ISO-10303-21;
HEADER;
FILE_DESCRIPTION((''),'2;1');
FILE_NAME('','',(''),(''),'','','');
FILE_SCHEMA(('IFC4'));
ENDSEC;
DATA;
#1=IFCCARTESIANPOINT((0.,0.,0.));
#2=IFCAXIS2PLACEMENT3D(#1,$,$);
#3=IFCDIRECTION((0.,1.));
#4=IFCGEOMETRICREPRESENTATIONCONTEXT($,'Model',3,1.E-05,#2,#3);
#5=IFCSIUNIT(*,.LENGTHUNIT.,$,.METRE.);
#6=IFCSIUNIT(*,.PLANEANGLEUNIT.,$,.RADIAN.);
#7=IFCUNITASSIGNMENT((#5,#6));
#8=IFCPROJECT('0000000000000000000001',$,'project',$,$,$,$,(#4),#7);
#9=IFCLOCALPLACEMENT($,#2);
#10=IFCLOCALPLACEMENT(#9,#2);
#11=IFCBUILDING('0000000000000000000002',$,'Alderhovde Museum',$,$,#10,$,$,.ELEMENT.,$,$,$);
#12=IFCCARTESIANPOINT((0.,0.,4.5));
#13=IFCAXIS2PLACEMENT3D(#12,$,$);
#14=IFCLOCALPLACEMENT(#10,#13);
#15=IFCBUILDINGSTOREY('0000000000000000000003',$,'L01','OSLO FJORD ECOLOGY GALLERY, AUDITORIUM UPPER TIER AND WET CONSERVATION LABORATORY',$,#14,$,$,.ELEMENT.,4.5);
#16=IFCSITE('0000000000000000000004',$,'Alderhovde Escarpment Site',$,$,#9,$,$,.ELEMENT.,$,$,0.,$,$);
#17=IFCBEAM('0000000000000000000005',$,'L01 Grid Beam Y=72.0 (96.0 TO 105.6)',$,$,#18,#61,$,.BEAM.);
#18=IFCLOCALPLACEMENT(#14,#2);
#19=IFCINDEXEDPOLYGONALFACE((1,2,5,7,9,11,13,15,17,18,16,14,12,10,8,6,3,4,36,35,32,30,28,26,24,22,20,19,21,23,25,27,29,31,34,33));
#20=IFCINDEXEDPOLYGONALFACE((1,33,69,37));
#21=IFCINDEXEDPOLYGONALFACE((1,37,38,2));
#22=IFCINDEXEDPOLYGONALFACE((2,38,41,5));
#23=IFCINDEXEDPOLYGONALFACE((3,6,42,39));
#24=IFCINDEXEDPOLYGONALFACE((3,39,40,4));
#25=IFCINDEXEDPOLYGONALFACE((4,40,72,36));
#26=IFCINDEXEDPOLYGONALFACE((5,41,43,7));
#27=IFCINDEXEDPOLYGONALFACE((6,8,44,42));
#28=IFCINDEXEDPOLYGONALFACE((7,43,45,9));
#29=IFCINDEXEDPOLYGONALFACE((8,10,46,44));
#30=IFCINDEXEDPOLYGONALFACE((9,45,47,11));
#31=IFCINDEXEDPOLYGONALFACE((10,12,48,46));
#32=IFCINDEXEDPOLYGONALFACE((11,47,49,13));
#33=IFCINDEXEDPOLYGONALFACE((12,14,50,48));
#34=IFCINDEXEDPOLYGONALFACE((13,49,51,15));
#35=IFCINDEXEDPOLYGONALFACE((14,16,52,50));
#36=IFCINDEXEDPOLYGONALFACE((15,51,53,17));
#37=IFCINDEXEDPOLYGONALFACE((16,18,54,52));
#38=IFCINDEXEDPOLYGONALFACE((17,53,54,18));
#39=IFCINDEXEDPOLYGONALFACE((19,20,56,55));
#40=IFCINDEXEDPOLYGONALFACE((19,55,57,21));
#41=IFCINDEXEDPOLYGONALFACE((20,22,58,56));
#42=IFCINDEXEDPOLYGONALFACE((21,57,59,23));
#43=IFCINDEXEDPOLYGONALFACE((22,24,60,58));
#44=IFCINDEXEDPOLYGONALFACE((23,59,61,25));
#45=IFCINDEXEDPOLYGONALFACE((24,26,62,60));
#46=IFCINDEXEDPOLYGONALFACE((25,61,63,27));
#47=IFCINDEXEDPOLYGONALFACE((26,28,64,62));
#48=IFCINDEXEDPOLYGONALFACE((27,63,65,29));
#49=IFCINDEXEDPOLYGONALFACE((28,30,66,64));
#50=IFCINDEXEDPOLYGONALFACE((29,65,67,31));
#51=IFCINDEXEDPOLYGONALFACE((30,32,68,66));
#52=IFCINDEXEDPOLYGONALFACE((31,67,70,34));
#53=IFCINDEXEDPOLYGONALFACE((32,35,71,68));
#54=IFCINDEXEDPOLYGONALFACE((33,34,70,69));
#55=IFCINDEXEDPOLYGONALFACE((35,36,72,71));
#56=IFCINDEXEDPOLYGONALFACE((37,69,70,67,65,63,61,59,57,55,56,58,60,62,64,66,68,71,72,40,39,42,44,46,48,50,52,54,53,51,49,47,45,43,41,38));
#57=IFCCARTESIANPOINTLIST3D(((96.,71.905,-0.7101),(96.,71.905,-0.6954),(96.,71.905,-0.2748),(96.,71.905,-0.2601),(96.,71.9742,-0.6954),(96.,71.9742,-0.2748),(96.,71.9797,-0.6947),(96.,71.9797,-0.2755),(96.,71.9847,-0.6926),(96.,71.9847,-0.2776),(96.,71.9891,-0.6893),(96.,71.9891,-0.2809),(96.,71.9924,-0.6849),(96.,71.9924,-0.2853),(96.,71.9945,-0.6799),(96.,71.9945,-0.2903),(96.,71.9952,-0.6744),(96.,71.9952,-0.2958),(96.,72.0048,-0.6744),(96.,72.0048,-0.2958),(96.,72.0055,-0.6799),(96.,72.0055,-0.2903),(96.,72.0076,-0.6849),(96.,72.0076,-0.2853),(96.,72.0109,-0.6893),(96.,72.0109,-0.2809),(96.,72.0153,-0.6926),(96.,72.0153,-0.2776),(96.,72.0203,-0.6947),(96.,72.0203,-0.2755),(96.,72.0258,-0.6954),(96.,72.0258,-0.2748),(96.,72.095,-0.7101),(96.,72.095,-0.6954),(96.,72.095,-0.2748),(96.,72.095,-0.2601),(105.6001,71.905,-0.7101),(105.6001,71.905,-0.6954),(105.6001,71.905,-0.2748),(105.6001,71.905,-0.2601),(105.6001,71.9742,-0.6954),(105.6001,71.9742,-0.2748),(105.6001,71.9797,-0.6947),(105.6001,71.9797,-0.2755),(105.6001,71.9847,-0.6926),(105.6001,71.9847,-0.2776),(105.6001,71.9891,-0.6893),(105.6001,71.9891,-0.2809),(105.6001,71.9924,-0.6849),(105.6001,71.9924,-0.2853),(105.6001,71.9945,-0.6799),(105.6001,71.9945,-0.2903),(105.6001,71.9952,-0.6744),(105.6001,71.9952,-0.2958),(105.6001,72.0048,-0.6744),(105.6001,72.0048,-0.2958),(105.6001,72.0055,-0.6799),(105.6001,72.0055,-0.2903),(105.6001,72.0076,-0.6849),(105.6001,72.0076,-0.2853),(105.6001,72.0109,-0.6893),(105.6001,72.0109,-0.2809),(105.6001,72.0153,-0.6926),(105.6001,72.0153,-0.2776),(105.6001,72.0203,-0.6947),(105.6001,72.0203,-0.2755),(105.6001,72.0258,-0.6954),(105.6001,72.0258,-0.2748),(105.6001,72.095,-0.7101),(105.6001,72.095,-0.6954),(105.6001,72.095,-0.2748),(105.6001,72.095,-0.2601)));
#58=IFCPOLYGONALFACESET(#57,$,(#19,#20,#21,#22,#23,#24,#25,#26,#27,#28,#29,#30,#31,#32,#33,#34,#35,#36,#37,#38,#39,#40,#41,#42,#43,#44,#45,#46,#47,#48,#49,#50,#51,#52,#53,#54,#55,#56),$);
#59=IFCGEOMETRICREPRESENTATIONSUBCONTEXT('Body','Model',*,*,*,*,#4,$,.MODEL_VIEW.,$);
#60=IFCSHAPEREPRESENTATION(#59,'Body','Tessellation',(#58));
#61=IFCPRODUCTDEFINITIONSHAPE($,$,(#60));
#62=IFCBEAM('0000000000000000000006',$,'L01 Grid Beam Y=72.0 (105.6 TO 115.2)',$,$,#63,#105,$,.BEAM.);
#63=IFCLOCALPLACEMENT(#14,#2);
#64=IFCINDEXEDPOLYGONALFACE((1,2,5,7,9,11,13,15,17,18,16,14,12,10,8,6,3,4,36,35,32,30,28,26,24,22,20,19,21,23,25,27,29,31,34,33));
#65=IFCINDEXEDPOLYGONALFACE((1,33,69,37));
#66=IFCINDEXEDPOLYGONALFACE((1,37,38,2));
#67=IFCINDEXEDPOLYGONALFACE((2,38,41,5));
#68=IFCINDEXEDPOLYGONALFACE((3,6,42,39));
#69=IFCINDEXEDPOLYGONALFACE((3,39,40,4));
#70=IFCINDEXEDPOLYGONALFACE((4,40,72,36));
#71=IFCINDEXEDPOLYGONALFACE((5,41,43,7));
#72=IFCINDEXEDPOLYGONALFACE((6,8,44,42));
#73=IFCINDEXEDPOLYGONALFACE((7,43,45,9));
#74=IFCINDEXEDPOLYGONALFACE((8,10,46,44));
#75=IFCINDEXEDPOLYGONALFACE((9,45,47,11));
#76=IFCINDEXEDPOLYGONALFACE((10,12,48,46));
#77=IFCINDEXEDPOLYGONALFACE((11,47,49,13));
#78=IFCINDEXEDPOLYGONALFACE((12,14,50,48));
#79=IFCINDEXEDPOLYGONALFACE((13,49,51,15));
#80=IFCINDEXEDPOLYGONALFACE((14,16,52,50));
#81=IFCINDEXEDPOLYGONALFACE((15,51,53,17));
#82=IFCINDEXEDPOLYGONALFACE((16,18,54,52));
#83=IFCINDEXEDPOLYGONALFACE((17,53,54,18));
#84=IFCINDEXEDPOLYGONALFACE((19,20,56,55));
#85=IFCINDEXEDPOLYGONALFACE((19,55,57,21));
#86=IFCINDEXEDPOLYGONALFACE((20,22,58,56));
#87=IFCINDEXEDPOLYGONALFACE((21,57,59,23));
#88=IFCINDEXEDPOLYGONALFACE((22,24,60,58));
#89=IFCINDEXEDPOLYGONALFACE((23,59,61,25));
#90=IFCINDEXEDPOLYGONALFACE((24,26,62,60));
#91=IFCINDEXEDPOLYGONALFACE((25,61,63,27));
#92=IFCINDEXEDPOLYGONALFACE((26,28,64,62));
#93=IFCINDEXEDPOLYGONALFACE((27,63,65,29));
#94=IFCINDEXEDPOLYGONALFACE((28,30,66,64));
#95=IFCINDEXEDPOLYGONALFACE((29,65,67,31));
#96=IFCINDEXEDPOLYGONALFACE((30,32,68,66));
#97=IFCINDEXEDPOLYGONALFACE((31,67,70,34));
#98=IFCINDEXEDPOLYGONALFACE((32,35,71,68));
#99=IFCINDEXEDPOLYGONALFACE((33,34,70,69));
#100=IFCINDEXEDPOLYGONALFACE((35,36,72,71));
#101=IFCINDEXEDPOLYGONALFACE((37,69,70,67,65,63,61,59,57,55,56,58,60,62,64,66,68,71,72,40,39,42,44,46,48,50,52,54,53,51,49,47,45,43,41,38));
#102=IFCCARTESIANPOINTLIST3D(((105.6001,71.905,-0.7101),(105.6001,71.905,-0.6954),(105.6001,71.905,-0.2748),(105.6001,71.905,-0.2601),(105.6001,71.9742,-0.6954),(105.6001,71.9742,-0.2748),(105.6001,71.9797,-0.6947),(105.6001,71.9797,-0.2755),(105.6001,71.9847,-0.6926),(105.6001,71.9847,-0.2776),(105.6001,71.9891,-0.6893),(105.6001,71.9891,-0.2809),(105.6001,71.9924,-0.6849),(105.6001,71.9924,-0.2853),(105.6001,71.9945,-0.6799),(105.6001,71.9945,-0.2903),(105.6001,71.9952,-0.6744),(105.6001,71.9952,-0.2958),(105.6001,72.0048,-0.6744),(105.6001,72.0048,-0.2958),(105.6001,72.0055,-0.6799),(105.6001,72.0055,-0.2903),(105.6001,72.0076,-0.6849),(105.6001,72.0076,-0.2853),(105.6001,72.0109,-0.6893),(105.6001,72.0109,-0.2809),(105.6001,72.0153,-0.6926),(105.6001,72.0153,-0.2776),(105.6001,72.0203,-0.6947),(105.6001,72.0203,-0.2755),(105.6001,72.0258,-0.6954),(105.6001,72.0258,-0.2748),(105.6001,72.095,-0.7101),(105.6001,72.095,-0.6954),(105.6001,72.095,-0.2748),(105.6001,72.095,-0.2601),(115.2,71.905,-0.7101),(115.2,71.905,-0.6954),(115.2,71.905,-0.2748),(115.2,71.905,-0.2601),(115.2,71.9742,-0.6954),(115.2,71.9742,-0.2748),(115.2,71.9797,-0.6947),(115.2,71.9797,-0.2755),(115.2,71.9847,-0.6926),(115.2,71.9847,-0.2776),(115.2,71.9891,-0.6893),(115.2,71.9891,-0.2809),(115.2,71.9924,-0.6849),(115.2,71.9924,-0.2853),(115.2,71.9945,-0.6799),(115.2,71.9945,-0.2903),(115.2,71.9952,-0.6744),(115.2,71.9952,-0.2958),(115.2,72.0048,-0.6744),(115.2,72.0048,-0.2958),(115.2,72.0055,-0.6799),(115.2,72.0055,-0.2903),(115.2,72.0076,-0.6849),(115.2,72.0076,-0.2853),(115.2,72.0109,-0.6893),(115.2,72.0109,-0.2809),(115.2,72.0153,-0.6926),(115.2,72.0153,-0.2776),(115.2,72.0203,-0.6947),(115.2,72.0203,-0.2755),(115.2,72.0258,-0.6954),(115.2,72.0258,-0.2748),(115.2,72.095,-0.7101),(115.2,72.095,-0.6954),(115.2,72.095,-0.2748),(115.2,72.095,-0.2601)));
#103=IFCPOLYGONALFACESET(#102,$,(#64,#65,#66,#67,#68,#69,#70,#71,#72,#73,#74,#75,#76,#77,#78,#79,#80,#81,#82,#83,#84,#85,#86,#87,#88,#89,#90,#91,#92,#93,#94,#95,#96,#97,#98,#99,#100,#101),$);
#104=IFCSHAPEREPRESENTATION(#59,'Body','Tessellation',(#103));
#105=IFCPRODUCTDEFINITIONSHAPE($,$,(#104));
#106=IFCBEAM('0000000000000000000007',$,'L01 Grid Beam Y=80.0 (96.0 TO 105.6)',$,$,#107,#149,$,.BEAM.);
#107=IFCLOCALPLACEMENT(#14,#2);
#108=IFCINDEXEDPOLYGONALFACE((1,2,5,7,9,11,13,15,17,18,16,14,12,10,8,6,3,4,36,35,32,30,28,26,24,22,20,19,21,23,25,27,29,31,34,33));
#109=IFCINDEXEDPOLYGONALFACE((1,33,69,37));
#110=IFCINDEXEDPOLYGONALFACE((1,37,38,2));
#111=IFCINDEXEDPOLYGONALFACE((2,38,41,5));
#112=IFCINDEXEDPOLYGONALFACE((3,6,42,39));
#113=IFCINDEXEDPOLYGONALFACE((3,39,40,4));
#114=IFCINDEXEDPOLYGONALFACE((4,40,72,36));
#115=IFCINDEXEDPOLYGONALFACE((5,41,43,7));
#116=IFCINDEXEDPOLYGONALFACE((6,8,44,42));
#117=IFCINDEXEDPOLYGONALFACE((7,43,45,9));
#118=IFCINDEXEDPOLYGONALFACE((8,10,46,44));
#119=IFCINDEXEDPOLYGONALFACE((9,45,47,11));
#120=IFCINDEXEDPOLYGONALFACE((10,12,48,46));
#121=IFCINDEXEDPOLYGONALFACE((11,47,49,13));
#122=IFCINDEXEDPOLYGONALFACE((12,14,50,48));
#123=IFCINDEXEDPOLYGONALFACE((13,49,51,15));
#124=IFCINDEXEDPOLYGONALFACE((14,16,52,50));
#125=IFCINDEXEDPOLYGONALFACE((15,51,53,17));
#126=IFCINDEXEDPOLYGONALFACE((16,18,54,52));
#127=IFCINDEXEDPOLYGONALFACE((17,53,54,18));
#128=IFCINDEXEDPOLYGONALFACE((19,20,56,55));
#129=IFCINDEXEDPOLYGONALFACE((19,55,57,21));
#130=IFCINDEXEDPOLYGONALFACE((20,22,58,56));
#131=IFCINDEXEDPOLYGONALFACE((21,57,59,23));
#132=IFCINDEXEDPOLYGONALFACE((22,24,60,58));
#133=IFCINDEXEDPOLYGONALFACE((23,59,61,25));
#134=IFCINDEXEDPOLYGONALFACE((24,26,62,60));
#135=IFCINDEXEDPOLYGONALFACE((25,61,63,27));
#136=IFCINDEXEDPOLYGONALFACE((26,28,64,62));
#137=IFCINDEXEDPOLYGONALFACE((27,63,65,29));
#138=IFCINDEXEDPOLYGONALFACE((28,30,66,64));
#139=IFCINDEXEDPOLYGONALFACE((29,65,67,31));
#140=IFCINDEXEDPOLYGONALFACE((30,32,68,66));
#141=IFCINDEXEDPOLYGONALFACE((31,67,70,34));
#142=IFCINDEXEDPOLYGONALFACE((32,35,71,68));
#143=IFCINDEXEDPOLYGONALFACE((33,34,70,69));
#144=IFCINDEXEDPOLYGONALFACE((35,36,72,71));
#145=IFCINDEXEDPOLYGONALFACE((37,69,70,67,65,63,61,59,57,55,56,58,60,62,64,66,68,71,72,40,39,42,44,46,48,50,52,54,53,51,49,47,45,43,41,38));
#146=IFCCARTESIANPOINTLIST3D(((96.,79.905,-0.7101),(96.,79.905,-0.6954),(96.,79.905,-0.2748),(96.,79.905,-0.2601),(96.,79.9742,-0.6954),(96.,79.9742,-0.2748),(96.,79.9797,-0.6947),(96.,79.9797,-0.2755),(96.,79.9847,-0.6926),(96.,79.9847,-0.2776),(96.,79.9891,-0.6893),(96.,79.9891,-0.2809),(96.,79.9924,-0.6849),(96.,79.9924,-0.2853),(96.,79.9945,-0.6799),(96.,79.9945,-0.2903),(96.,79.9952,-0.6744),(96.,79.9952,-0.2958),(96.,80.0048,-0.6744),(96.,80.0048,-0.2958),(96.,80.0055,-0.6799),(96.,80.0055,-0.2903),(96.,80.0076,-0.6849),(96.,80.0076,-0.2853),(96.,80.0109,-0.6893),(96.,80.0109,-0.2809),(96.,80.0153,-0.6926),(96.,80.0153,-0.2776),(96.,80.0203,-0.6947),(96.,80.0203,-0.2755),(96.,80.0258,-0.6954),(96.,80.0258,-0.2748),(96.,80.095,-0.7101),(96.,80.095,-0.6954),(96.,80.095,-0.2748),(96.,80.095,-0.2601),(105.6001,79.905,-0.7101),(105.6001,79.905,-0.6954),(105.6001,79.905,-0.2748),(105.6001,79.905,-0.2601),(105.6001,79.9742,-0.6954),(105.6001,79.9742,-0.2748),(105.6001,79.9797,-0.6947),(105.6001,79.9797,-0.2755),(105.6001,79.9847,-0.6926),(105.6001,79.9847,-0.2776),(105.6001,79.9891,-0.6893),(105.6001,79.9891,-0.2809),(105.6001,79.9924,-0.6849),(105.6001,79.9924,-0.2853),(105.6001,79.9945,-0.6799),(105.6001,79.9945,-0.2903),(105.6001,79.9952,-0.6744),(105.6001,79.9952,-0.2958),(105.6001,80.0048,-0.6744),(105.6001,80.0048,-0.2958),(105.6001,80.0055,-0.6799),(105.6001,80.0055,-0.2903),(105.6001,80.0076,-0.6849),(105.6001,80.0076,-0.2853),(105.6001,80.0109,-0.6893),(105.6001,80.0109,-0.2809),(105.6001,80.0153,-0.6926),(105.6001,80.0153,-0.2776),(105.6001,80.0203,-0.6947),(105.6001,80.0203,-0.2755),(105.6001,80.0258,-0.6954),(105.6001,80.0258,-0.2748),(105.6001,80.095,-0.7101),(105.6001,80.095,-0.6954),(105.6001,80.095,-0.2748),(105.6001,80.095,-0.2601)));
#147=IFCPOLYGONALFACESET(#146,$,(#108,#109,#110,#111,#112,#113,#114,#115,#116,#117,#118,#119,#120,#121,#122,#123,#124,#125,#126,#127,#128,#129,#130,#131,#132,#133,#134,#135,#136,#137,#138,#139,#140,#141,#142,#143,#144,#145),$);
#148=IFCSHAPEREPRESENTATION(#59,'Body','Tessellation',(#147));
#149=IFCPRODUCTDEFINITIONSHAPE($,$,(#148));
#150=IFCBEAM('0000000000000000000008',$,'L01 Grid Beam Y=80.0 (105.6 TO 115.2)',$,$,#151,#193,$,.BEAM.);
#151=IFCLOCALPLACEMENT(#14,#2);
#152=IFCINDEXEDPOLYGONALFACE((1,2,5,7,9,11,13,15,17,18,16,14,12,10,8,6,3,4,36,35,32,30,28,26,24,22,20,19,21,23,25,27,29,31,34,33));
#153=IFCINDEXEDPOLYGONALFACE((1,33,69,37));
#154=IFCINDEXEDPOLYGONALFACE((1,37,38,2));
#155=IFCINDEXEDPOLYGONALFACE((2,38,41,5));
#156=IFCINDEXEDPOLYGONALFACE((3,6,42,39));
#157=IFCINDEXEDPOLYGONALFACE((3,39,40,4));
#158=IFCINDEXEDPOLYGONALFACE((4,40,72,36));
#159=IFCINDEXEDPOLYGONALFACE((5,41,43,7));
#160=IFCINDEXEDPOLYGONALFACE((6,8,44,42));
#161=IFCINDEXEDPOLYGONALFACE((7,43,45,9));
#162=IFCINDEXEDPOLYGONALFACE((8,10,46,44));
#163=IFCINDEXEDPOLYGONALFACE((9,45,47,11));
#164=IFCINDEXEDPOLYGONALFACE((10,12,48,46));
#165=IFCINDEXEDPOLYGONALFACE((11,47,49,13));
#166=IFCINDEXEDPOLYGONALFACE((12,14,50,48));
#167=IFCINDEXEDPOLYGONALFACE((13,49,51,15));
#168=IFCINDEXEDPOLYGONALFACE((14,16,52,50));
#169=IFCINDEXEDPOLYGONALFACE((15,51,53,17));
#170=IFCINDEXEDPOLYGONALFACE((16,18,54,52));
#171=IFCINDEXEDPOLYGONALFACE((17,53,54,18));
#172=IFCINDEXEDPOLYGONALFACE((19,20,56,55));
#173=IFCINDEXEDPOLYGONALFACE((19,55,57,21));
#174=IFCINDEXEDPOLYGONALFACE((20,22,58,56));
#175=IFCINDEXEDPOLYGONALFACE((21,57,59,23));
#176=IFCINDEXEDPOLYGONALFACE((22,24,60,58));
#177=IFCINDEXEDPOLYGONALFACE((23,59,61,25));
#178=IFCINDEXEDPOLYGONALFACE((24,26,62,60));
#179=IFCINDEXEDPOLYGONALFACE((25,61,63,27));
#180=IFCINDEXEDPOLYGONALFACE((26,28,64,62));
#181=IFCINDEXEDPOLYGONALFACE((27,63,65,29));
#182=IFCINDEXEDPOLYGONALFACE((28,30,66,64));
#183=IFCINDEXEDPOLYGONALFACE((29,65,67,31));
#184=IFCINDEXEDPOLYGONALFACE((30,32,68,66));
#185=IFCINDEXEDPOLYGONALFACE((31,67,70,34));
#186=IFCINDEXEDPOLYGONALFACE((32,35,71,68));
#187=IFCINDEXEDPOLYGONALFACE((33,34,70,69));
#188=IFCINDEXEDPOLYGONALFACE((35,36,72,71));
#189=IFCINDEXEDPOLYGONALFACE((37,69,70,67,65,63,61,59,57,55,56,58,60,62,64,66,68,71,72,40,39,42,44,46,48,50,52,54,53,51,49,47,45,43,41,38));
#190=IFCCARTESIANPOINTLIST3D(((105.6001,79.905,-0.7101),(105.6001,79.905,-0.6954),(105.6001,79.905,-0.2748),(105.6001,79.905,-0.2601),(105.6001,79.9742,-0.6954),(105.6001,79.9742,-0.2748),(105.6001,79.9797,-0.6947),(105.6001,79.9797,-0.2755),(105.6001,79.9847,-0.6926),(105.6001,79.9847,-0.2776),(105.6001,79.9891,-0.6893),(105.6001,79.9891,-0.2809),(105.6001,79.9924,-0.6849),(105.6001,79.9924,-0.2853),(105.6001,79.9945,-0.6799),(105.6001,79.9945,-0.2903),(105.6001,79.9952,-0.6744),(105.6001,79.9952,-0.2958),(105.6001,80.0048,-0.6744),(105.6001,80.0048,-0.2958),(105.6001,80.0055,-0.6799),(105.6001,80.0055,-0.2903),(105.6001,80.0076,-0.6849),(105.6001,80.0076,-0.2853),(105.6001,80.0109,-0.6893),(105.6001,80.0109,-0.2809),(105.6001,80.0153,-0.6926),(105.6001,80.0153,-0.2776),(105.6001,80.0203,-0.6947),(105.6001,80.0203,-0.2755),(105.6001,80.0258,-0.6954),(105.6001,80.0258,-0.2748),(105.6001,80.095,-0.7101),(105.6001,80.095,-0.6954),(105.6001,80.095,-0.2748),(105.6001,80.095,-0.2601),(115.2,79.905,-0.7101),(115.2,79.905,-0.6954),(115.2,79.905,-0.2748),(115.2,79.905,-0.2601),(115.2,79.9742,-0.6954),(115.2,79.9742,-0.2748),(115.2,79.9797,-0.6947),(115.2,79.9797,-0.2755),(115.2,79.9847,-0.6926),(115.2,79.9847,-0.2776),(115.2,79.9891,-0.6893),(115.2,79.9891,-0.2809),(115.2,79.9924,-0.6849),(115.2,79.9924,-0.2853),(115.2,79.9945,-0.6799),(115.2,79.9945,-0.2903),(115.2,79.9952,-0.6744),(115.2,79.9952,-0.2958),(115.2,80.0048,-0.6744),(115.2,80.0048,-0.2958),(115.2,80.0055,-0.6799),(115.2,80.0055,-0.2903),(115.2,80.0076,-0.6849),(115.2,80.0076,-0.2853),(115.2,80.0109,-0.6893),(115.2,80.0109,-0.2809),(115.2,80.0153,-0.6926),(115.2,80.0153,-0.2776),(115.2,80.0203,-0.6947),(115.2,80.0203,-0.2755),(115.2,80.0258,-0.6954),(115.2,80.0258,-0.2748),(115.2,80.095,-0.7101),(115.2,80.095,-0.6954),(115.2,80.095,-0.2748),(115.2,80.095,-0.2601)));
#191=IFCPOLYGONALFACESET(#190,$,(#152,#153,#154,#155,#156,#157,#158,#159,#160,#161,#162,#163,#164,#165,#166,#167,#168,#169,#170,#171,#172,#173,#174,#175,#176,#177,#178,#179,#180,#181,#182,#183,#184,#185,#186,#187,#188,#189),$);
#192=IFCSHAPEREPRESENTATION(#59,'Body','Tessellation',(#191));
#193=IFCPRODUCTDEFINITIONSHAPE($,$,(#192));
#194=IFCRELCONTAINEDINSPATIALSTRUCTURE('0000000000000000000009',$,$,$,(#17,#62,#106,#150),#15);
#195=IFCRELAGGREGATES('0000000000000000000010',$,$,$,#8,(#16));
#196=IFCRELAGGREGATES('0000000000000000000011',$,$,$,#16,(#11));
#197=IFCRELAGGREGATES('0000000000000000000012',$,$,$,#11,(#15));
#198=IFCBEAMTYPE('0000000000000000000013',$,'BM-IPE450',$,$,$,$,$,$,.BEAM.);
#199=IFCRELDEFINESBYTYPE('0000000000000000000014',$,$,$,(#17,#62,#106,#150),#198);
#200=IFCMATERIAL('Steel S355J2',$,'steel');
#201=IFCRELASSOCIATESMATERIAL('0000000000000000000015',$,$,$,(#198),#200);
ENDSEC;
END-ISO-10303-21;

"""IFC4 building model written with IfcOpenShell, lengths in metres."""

from ifc_helpers import new_model, si_unit, direction, frame, origin, origin_2d, place, context, subcontext, project, spatial, i_section, extrude, material, material_profile, profile_set, type_object, element, save


model = new_model("IFC4")

# Units and contexts
model_context = context("Model", 3, precision=1e-05, world=origin(), true_north=direction((0.0, 1.0)))
body_context = subcontext(model_context, "Body", "Model", "MODEL_VIEW")
ifc_project = project(units=[si_unit("LENGTHUNIT", "METRE"), si_unit("PLANEANGLEUNIT", "RADIAN")], contexts=[model_context])

# Site, building, storey
site_placement = place(None, origin())
site = spatial("IfcSite", under=ifc_project, at=site_placement, Name="Alderhovde Escarpment Site", CompositionType="ELEMENT", RefElevation=0.0)
building_placement = place(site_placement, origin())
building = spatial("IfcBuilding", under=site, at=building_placement, Name="Alderhovde Museum", CompositionType="ELEMENT")
storey_placement = place(building_placement, frame((0.0, 0.0, 4.5)))
storey = spatial("IfcBuildingStorey", under=building, at=storey_placement, Name="L01", Description="OSLO FJORD ECOLOGY GALLERY, AUDITORIUM UPPER TIER AND WET CONSERVATION LABORATORY", CompositionType="ELEMENT", Elevation=4.5)

# Beams
ifc_material_1 = material(Name="Steel S355J2", Category="steel")
ifc_material_profile_1 = material_profile(ifc_material_1, i_section(OverallWidth=0.1899, OverallDepth=0.45, WebThickness=0.0095, FlangeThickness=0.0146, FilletRadius=0.021, at=origin_2d()), Name="IPE 450")
ifc_profile_set_1 = profile_set([ifc_material_profile_1], Name="Steel S355J2")
beam_type_1 = type_object("IfcBeamType", Name="BM-IPE450", PredefinedType="BEAM", material=ifc_profile_set_1)
beam_1_placement = place(storey_placement, frame((96.0, 72.0, -0.4851), z_axis=(1.0, 0.0, 0.0), x_axis=(0.0, 1.0, 0.0)))
element("IfcBeam", 1, at=beam_1_placement, inside=storey, type_object=beam_type_1, Name="L01 Grid Beam Y=72.0 (96.0 TO 105.6)", PredefinedType="BEAM", context=body_context, shape_type="SweptSolid", body=[
    extrude(i_section(OverallWidth=0.1899, OverallDepth=0.45, WebThickness=0.0095, FlangeThickness=0.0146, FilletRadius=0.021, at=origin_2d()), origin(), (0.0, 0.0, 1.0), 9.6001),
])
beam_2_placement = place(storey_placement, frame((105.6001, 72.0, -0.4851), z_axis=(1.0, 0.0, 0.0), x_axis=(0.0, 1.0, 0.0)))
element("IfcBeam", 2, at=beam_2_placement, inside=storey, type_object=beam_type_1, Name="L01 Grid Beam Y=72.0 (105.6 TO 115.2)", PredefinedType="BEAM", context=body_context, shape_type="SweptSolid", body=[
    extrude(i_section(OverallWidth=0.1899, OverallDepth=0.45, WebThickness=0.0095, FlangeThickness=0.0146, FilletRadius=0.021, at=origin_2d()), origin(), (0.0, 0.0, 1.0), 9.5999),
])
beam_3_placement = place(storey_placement, frame((96.0, 80.0, -0.4851), z_axis=(1.0, 0.0, 0.0), x_axis=(0.0, 1.0, 0.0)))
element("IfcBeam", 3, at=beam_3_placement, inside=storey, type_object=beam_type_1, Name="L01 Grid Beam Y=80.0 (96.0 TO 105.6)", PredefinedType="BEAM", context=body_context, shape_type="SweptSolid", body=[
    extrude(i_section(OverallWidth=0.1899, OverallDepth=0.45, WebThickness=0.0095, FlangeThickness=0.0146, FilletRadius=0.021, at=origin_2d()), origin(), (0.0, 0.0, 1.0), 9.6001),
])
beam_4_placement = place(storey_placement, frame((105.6001, 80.0, -0.4851), z_axis=(1.0, 0.0, 0.0), x_axis=(0.0, 1.0, 0.0)))
element("IfcBeam", 4, at=beam_4_placement, inside=storey, type_object=beam_type_1, Name="L01 Grid Beam Y=80.0 (105.6 TO 115.2)", PredefinedType="BEAM", context=body_context, shape_type="SweptSolid", body=[
    extrude(i_section(OverallWidth=0.1899, OverallDepth=0.45, WebThickness=0.0095, FlangeThickness=0.0146, FilletRadius=0.021, at=origin_2d()), origin(), (0.0, 0.0, 1.0), 9.5999),
])

save(model, "model.ifc")
